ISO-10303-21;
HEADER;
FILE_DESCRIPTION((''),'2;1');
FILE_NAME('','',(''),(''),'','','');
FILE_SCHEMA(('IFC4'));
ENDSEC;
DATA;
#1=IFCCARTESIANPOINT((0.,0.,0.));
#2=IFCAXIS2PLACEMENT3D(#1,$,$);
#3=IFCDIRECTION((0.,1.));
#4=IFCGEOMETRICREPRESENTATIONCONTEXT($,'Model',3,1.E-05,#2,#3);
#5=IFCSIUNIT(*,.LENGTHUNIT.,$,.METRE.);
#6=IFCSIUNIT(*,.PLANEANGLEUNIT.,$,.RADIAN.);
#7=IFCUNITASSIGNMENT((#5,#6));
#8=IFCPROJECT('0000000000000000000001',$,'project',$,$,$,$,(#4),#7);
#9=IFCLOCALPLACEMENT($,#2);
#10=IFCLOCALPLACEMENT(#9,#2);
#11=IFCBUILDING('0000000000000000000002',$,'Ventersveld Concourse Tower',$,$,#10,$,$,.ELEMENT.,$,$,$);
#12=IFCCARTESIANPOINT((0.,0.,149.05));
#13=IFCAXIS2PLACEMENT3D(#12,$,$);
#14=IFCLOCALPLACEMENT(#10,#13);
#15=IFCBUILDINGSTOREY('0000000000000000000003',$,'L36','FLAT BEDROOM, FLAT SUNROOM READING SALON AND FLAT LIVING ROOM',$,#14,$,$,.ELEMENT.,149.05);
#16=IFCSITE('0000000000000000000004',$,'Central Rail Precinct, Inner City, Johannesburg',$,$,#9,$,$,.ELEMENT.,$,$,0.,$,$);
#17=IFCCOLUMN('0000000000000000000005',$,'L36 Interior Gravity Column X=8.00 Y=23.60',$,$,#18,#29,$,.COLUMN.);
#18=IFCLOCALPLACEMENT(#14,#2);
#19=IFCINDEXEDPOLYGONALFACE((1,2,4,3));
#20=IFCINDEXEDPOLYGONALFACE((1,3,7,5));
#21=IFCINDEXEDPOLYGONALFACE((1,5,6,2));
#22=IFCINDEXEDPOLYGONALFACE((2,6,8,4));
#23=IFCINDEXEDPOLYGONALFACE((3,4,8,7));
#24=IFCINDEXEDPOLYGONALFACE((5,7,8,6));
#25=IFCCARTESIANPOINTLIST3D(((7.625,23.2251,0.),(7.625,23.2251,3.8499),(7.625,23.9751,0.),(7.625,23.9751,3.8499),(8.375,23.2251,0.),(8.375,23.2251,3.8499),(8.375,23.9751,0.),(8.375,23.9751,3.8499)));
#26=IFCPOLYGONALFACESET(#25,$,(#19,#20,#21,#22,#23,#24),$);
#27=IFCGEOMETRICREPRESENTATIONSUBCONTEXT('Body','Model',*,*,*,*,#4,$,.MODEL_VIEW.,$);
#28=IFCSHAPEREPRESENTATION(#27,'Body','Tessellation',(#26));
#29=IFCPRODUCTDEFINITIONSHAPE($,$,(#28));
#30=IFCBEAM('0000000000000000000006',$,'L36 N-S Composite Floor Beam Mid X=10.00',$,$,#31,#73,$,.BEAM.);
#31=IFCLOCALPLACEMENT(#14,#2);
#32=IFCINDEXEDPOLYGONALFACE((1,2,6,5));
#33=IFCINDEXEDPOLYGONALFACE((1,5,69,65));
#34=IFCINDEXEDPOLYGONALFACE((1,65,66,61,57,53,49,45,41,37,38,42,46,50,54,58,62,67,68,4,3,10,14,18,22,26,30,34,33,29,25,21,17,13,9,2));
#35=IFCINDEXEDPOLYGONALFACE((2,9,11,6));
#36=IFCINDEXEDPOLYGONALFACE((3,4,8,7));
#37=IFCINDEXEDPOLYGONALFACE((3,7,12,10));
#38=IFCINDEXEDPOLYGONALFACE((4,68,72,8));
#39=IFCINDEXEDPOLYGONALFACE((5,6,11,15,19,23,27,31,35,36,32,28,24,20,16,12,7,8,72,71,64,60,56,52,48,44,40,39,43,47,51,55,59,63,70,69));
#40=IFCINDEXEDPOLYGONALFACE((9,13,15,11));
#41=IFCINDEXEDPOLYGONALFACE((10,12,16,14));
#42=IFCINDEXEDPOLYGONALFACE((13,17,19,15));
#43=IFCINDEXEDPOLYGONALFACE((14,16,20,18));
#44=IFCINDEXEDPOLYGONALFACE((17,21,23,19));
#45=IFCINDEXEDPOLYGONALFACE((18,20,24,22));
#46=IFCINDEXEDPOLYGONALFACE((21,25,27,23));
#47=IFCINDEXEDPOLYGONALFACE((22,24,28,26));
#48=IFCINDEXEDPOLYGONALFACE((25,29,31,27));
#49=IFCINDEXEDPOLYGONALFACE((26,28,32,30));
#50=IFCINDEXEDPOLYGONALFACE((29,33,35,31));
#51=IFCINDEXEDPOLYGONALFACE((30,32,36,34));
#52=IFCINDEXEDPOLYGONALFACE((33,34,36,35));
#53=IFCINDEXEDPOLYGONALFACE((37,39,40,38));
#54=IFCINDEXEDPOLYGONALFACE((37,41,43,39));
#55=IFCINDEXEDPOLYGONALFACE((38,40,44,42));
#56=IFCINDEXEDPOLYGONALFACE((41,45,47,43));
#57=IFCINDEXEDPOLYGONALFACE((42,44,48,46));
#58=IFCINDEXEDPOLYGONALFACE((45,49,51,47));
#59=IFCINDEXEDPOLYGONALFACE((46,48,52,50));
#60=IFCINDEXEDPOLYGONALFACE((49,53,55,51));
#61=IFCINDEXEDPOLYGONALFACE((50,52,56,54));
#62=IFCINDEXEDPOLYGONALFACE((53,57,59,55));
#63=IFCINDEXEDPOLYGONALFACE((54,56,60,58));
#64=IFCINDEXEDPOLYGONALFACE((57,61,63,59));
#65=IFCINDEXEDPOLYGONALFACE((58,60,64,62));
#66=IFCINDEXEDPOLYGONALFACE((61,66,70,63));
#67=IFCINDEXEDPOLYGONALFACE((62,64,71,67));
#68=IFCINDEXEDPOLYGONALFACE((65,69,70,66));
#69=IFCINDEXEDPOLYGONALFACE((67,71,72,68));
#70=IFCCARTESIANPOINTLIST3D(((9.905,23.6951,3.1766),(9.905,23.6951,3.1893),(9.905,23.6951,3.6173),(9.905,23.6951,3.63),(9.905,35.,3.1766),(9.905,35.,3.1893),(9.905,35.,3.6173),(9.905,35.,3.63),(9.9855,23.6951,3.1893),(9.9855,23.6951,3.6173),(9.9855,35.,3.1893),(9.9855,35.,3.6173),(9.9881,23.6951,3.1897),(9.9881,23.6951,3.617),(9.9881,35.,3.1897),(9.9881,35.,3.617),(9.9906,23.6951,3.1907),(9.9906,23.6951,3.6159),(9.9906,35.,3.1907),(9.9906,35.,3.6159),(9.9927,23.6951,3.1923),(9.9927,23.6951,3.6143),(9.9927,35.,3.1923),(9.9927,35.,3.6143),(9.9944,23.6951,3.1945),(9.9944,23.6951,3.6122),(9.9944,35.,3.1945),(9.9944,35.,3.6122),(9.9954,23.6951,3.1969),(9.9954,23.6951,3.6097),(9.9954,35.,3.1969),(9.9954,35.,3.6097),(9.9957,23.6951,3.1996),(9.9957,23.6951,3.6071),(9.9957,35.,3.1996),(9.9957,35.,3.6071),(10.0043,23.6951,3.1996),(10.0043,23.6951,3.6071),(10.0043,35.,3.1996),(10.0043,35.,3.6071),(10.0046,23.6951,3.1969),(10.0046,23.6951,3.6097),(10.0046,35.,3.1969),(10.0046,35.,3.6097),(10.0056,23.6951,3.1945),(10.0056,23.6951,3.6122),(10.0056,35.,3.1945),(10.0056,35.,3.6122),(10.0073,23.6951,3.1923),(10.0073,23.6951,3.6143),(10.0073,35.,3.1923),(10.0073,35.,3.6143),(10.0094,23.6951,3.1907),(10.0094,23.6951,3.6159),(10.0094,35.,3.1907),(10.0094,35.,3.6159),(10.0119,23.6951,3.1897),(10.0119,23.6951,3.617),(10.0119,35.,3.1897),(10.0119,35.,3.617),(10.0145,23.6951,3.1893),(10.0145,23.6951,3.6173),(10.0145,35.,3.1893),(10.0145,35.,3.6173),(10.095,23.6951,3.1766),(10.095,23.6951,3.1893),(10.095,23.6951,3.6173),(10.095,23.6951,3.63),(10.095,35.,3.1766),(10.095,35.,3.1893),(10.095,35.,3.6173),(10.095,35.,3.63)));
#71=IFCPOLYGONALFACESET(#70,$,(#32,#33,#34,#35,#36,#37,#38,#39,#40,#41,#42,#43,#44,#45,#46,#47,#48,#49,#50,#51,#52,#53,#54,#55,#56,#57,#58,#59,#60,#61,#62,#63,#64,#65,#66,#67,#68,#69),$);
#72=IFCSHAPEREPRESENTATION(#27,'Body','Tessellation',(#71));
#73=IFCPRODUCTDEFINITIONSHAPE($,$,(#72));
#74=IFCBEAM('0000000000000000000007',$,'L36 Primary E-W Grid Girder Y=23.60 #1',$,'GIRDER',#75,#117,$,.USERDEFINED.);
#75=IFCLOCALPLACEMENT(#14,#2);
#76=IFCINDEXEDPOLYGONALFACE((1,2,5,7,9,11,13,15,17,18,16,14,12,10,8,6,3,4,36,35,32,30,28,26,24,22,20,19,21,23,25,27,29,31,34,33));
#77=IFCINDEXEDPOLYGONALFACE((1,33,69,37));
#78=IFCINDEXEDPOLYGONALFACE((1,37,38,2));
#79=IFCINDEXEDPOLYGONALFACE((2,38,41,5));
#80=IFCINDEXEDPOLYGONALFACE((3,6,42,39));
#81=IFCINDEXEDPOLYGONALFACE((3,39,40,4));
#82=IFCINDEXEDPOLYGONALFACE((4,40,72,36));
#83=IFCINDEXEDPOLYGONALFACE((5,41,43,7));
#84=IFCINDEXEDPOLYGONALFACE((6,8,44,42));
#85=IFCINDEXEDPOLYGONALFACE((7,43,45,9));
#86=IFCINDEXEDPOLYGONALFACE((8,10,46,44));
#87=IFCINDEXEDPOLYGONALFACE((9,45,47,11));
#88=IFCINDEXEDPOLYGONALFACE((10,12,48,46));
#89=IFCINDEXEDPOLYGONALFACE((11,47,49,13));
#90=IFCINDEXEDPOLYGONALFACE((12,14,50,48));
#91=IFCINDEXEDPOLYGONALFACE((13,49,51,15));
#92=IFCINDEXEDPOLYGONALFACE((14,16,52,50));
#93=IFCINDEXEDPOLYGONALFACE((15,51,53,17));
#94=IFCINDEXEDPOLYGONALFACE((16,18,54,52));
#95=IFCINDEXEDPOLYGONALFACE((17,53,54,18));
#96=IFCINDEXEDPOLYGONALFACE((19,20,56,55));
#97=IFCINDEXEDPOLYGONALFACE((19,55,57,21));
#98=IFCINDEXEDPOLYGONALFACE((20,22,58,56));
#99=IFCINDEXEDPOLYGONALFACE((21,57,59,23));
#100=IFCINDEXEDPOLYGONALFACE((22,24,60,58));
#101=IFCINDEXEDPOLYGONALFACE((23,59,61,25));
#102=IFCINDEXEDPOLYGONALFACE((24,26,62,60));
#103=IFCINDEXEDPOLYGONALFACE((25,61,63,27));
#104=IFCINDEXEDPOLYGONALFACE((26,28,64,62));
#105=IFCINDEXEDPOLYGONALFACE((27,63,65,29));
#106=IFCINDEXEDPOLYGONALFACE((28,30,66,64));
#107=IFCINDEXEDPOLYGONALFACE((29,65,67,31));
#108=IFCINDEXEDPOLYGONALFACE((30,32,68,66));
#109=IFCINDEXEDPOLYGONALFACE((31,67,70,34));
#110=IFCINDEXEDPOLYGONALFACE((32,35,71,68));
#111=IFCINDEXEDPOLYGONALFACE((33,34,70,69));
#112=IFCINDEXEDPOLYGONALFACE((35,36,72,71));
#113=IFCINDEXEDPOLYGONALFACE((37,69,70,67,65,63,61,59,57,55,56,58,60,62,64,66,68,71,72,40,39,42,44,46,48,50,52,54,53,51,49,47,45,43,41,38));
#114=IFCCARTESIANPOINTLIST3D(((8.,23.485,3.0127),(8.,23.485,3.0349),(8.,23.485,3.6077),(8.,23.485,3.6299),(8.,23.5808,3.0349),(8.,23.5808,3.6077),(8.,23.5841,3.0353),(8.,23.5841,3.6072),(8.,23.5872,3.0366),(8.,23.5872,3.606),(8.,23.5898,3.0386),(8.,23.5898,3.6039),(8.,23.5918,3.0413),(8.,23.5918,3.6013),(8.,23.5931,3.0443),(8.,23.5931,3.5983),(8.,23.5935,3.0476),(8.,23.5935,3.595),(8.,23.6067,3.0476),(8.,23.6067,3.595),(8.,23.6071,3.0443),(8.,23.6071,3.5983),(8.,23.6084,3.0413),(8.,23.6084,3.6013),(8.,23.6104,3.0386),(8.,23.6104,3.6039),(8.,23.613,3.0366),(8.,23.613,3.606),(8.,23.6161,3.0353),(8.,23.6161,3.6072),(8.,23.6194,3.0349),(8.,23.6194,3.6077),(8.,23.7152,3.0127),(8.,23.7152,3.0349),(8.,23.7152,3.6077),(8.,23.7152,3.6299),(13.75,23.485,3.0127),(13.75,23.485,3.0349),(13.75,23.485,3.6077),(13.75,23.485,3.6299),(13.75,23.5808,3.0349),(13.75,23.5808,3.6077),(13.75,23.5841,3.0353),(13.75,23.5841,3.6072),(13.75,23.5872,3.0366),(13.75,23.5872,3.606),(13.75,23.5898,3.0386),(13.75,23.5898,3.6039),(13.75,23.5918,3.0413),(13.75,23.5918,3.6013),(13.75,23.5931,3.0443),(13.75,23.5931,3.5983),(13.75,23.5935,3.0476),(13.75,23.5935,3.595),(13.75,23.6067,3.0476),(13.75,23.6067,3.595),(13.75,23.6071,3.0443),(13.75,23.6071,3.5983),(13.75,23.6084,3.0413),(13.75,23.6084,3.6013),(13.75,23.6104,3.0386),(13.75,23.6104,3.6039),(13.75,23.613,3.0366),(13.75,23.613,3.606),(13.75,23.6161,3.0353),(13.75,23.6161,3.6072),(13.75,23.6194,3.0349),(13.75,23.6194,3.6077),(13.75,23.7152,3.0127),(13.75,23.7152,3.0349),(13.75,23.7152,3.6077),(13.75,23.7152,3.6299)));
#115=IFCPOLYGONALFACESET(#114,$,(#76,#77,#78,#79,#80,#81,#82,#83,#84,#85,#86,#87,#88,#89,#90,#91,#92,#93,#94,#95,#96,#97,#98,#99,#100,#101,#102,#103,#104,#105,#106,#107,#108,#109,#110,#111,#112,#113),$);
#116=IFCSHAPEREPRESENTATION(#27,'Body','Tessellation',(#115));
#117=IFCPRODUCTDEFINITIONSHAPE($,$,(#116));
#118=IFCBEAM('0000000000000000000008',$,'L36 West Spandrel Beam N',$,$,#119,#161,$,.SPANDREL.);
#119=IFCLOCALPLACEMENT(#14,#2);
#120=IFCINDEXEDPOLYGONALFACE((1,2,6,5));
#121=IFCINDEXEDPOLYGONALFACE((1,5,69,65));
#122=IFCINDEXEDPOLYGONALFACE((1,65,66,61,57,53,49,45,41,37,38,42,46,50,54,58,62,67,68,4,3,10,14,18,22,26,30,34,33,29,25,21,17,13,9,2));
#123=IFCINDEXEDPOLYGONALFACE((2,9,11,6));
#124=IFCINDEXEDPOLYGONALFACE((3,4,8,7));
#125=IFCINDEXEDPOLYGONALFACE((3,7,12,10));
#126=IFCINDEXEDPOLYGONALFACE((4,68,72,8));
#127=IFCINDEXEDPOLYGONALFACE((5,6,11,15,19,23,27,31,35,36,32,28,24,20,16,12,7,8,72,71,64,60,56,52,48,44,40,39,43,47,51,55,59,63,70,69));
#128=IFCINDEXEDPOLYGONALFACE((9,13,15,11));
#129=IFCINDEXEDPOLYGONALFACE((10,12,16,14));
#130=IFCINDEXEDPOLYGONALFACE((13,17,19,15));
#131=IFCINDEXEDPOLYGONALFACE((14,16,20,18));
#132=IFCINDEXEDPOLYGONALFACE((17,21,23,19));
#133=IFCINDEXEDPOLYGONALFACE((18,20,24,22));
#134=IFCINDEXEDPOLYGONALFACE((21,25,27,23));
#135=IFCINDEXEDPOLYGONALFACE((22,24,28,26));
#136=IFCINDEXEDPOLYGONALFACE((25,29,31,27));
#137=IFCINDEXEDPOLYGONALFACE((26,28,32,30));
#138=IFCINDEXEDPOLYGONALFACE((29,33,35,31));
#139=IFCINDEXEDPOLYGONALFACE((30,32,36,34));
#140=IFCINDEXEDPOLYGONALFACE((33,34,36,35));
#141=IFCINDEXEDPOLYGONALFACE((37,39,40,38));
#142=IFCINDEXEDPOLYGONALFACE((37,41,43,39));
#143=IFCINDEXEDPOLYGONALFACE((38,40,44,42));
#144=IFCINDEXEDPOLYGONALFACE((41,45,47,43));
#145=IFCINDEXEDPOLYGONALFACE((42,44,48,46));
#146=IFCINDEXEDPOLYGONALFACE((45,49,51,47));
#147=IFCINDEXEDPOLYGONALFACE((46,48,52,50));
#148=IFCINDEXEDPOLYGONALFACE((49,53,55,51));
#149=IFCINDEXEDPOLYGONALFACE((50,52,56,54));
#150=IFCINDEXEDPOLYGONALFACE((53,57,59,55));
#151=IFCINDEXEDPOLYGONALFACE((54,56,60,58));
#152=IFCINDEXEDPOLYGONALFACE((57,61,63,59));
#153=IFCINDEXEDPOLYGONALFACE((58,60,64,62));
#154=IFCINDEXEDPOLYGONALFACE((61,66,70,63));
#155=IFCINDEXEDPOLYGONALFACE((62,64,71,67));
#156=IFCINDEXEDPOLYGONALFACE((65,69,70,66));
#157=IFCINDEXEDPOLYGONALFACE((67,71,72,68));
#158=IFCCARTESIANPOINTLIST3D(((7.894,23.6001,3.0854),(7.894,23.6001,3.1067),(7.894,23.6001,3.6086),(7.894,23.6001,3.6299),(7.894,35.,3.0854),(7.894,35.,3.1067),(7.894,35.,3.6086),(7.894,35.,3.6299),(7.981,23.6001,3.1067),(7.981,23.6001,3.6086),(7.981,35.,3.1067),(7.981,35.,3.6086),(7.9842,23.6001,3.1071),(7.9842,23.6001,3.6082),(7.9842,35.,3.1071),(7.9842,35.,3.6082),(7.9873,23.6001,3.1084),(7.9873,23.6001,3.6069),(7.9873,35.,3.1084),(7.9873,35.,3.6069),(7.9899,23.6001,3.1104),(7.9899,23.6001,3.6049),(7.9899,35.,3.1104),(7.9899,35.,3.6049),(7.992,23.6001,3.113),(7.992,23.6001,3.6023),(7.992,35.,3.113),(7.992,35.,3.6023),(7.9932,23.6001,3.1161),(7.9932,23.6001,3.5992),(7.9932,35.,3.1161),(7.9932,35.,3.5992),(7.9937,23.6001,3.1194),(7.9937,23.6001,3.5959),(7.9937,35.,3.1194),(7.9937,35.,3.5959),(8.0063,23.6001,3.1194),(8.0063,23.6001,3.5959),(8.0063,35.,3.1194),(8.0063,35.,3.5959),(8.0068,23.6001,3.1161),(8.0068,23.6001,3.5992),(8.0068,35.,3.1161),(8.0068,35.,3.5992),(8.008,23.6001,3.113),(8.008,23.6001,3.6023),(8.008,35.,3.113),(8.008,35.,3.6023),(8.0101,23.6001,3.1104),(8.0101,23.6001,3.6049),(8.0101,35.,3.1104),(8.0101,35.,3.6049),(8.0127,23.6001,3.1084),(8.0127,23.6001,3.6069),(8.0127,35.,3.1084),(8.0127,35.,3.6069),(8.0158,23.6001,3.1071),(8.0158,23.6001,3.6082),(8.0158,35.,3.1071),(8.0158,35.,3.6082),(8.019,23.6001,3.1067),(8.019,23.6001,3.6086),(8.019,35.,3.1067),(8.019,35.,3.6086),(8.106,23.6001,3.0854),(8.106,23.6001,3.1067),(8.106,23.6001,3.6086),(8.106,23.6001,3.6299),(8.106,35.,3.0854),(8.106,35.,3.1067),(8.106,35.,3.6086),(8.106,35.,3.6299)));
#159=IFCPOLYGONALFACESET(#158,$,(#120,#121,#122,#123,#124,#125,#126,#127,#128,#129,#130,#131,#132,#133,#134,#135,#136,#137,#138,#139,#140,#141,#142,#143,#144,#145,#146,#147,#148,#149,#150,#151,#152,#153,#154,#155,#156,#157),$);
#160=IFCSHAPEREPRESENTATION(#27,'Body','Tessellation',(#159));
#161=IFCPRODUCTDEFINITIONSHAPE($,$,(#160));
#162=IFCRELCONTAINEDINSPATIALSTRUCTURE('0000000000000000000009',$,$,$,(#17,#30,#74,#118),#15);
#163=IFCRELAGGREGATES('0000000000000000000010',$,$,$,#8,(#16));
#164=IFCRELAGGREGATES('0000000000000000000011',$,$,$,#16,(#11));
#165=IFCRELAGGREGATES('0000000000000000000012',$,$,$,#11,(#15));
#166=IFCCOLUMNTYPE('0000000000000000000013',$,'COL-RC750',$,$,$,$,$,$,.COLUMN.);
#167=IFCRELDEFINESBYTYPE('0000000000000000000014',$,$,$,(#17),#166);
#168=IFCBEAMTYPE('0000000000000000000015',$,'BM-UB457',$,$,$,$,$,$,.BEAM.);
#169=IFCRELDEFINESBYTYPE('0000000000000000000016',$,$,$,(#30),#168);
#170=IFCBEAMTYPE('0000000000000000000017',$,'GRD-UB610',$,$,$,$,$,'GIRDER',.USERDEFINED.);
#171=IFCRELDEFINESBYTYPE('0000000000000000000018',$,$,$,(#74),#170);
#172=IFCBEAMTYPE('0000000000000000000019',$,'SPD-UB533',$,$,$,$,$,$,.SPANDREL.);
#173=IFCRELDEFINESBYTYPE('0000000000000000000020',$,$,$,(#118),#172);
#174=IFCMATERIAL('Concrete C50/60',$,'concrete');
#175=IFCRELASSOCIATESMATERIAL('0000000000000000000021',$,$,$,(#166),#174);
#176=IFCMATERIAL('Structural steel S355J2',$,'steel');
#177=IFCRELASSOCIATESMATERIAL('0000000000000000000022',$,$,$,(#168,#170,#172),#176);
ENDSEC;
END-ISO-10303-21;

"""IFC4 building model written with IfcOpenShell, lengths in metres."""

from ifc_helpers import new_model, si_unit, direction, frame, origin, origin_2d, place, context, subcontext, project, spatial, rectangle, i_section, extrude, material, material_profile, profile_set, type_object, element, save


model = new_model("IFC4")

# Units and contexts
model_context = context("Model", 3, precision=1e-05, world=origin(), true_north=direction((0.0, 1.0)))
body_context = subcontext(model_context, "Body", "Model", "MODEL_VIEW")
ifc_project = project(units=[si_unit("LENGTHUNIT", "METRE"), si_unit("PLANEANGLEUNIT", "RADIAN")], contexts=[model_context])

# Site, building, storey
site_placement = place(None, origin())
site = spatial("IfcSite", under=ifc_project, at=site_placement, Name="Central Rail Precinct, Inner City, Johannesburg", CompositionType="ELEMENT", RefElevation=0.0)
building_placement = place(site_placement, origin())
building = spatial("IfcBuilding", under=site, at=building_placement, Name="Ventersveld Concourse Tower", CompositionType="ELEMENT")
storey_placement = place(building_placement, frame((0.0, 0.0, 149.05)))
storey = spatial("IfcBuildingStorey", under=building, at=storey_placement, Name="L36", Description="FLAT BEDROOM, FLAT SUNROOM READING SALON AND FLAT LIVING ROOM", CompositionType="ELEMENT", Elevation=149.05)

# Column
ifc_material_1 = material(Name="Concrete C50/60", Category="concrete")
ifc_material_profile_1 = material_profile(ifc_material_1, rectangle(XDim=0.75, YDim=0.75, at=origin_2d()), Name="RC 750x750")
ifc_profile_set_1 = profile_set([ifc_material_profile_1], Name="Concrete C50/60")
column_type = type_object("IfcColumnType", Name="COL-RC750", PredefinedType="COLUMN", material=ifc_profile_set_1)
column_placement = place(storey_placement, frame((8.0, 23.6001, 0.0), z_axis=(0.0, 0.0, 1.0), x_axis=(1.0, 0.0, 0.0)))
element("IfcColumn", 1, at=column_placement, inside=storey, type_object=column_type, Name="L36 Interior Gravity Column X=8.00 Y=23.60", PredefinedType="COLUMN", context=body_context, shape_type="SweptSolid", body=[
    extrude(rectangle(XDim=0.75, YDim=0.75, at=origin_2d()), origin(), (0.0, 0.0, 1.0), 3.8499),
])

# Beams
ifc_material_2 = material(Name="Structural steel S355J2", Category="steel")
ifc_material_profile_2 = material_profile(ifc_material_2, i_section(OverallWidth=0.1899, OverallDepth=0.4534, WebThickness=0.0085, FlangeThickness=0.0127, FilletRadius=0.0103, at=origin_2d()), Name="UB 457x191x67")
ifc_profile_set_2 = profile_set([ifc_material_profile_2], Name="Structural steel S355J2")
beam_type_1 = type_object("IfcBeamType", Name="BM-UB457", PredefinedType="BEAM", material=ifc_profile_set_2)
beam_1_placement = place(storey_placement, frame((10.0, 23.6951, 3.4033), z_axis=(0.0, 1.0, 0.0), x_axis=(-1.0, 0.0, 0.0)))
element("IfcBeam", 2, at=beam_1_placement, inside=storey, type_object=beam_type_1, Name="L36 N-S Composite Floor Beam Mid X=10.00", PredefinedType="BEAM", context=body_context, shape_type="SweptSolid", body=[
    extrude(i_section(OverallWidth=0.1899, OverallDepth=0.4534, WebThickness=0.0085, FlangeThickness=0.0127, FilletRadius=0.0103, at=origin_2d()), origin(), (0.0, 0.0, 1.0), 11.3049),
])
ifc_material_profile_3 = material_profile(ifc_material_2, i_section(OverallWidth=0.2302, OverallDepth=0.6172, WebThickness=0.0132, FlangeThickness=0.0222, FilletRadius=0.0127, at=origin_2d()), Name="UB 610x229x140")
ifc_profile_set_3 = profile_set([ifc_material_profile_3], Name="Structural steel S355J2")
beam_type_2 = type_object("IfcBeamType", Name="GRD-UB610", ElementType="GIRDER", PredefinedType="USERDEFINED", material=ifc_profile_set_3)
beam_2_placement = place(storey_placement, frame((8.0, 23.6001, 3.3213), z_axis=(1.0, 0.0, 0.0), x_axis=(0.0, 1.0, 0.0)))
element("IfcBeam", 3, at=beam_2_placement, inside=storey, type_object=beam_type_2, Name="L36 Primary E-W Grid Girder Y=23.60 #1", ObjectType="GIRDER", PredefinedType="USERDEFINED", context=body_context, shape_type="SweptSolid", body=[
    extrude(i_section(OverallWidth=0.2302, OverallDepth=0.6172, WebThickness=0.0132, FlangeThickness=0.0222, FilletRadius=0.0127, at=origin_2d()), origin(), (0.0, 0.0, 1.0), 5.75),
])
ifc_material_profile_4 = material_profile(ifc_material_2, i_section(OverallWidth=0.2119, OverallDepth=0.5444, WebThickness=0.0127, FlangeThickness=0.0212, FilletRadius=0.0127, at=origin_2d()), Name="UB 533x210x122")
ifc_profile_set_4 = profile_set([ifc_material_profile_4], Name="Structural steel S355J2")
beam_type_3 = type_object("IfcBeamType", Name="SPD-UB533", PredefinedType="SPANDREL", material=ifc_profile_set_4)
beam_3_placement = place(storey_placement, frame((8.0, 23.6001, 3.3577), z_axis=(0.0, 1.0, 0.0), x_axis=(-1.0, 0.0, 0.0)))
element("IfcBeam", 4, at=beam_3_placement, inside=storey, type_object=beam_type_3, Name="L36 West Spandrel Beam N", PredefinedType="SPANDREL", context=body_context, shape_type="SweptSolid", body=[
    extrude(i_section(OverallWidth=0.2119, OverallDepth=0.5444, WebThickness=0.0127, FlangeThickness=0.0212, FilletRadius=0.0127, at=origin_2d()), origin(), (0.0, 0.0, 1.0), 11.3999),
])

save(model, "model.ifc")
